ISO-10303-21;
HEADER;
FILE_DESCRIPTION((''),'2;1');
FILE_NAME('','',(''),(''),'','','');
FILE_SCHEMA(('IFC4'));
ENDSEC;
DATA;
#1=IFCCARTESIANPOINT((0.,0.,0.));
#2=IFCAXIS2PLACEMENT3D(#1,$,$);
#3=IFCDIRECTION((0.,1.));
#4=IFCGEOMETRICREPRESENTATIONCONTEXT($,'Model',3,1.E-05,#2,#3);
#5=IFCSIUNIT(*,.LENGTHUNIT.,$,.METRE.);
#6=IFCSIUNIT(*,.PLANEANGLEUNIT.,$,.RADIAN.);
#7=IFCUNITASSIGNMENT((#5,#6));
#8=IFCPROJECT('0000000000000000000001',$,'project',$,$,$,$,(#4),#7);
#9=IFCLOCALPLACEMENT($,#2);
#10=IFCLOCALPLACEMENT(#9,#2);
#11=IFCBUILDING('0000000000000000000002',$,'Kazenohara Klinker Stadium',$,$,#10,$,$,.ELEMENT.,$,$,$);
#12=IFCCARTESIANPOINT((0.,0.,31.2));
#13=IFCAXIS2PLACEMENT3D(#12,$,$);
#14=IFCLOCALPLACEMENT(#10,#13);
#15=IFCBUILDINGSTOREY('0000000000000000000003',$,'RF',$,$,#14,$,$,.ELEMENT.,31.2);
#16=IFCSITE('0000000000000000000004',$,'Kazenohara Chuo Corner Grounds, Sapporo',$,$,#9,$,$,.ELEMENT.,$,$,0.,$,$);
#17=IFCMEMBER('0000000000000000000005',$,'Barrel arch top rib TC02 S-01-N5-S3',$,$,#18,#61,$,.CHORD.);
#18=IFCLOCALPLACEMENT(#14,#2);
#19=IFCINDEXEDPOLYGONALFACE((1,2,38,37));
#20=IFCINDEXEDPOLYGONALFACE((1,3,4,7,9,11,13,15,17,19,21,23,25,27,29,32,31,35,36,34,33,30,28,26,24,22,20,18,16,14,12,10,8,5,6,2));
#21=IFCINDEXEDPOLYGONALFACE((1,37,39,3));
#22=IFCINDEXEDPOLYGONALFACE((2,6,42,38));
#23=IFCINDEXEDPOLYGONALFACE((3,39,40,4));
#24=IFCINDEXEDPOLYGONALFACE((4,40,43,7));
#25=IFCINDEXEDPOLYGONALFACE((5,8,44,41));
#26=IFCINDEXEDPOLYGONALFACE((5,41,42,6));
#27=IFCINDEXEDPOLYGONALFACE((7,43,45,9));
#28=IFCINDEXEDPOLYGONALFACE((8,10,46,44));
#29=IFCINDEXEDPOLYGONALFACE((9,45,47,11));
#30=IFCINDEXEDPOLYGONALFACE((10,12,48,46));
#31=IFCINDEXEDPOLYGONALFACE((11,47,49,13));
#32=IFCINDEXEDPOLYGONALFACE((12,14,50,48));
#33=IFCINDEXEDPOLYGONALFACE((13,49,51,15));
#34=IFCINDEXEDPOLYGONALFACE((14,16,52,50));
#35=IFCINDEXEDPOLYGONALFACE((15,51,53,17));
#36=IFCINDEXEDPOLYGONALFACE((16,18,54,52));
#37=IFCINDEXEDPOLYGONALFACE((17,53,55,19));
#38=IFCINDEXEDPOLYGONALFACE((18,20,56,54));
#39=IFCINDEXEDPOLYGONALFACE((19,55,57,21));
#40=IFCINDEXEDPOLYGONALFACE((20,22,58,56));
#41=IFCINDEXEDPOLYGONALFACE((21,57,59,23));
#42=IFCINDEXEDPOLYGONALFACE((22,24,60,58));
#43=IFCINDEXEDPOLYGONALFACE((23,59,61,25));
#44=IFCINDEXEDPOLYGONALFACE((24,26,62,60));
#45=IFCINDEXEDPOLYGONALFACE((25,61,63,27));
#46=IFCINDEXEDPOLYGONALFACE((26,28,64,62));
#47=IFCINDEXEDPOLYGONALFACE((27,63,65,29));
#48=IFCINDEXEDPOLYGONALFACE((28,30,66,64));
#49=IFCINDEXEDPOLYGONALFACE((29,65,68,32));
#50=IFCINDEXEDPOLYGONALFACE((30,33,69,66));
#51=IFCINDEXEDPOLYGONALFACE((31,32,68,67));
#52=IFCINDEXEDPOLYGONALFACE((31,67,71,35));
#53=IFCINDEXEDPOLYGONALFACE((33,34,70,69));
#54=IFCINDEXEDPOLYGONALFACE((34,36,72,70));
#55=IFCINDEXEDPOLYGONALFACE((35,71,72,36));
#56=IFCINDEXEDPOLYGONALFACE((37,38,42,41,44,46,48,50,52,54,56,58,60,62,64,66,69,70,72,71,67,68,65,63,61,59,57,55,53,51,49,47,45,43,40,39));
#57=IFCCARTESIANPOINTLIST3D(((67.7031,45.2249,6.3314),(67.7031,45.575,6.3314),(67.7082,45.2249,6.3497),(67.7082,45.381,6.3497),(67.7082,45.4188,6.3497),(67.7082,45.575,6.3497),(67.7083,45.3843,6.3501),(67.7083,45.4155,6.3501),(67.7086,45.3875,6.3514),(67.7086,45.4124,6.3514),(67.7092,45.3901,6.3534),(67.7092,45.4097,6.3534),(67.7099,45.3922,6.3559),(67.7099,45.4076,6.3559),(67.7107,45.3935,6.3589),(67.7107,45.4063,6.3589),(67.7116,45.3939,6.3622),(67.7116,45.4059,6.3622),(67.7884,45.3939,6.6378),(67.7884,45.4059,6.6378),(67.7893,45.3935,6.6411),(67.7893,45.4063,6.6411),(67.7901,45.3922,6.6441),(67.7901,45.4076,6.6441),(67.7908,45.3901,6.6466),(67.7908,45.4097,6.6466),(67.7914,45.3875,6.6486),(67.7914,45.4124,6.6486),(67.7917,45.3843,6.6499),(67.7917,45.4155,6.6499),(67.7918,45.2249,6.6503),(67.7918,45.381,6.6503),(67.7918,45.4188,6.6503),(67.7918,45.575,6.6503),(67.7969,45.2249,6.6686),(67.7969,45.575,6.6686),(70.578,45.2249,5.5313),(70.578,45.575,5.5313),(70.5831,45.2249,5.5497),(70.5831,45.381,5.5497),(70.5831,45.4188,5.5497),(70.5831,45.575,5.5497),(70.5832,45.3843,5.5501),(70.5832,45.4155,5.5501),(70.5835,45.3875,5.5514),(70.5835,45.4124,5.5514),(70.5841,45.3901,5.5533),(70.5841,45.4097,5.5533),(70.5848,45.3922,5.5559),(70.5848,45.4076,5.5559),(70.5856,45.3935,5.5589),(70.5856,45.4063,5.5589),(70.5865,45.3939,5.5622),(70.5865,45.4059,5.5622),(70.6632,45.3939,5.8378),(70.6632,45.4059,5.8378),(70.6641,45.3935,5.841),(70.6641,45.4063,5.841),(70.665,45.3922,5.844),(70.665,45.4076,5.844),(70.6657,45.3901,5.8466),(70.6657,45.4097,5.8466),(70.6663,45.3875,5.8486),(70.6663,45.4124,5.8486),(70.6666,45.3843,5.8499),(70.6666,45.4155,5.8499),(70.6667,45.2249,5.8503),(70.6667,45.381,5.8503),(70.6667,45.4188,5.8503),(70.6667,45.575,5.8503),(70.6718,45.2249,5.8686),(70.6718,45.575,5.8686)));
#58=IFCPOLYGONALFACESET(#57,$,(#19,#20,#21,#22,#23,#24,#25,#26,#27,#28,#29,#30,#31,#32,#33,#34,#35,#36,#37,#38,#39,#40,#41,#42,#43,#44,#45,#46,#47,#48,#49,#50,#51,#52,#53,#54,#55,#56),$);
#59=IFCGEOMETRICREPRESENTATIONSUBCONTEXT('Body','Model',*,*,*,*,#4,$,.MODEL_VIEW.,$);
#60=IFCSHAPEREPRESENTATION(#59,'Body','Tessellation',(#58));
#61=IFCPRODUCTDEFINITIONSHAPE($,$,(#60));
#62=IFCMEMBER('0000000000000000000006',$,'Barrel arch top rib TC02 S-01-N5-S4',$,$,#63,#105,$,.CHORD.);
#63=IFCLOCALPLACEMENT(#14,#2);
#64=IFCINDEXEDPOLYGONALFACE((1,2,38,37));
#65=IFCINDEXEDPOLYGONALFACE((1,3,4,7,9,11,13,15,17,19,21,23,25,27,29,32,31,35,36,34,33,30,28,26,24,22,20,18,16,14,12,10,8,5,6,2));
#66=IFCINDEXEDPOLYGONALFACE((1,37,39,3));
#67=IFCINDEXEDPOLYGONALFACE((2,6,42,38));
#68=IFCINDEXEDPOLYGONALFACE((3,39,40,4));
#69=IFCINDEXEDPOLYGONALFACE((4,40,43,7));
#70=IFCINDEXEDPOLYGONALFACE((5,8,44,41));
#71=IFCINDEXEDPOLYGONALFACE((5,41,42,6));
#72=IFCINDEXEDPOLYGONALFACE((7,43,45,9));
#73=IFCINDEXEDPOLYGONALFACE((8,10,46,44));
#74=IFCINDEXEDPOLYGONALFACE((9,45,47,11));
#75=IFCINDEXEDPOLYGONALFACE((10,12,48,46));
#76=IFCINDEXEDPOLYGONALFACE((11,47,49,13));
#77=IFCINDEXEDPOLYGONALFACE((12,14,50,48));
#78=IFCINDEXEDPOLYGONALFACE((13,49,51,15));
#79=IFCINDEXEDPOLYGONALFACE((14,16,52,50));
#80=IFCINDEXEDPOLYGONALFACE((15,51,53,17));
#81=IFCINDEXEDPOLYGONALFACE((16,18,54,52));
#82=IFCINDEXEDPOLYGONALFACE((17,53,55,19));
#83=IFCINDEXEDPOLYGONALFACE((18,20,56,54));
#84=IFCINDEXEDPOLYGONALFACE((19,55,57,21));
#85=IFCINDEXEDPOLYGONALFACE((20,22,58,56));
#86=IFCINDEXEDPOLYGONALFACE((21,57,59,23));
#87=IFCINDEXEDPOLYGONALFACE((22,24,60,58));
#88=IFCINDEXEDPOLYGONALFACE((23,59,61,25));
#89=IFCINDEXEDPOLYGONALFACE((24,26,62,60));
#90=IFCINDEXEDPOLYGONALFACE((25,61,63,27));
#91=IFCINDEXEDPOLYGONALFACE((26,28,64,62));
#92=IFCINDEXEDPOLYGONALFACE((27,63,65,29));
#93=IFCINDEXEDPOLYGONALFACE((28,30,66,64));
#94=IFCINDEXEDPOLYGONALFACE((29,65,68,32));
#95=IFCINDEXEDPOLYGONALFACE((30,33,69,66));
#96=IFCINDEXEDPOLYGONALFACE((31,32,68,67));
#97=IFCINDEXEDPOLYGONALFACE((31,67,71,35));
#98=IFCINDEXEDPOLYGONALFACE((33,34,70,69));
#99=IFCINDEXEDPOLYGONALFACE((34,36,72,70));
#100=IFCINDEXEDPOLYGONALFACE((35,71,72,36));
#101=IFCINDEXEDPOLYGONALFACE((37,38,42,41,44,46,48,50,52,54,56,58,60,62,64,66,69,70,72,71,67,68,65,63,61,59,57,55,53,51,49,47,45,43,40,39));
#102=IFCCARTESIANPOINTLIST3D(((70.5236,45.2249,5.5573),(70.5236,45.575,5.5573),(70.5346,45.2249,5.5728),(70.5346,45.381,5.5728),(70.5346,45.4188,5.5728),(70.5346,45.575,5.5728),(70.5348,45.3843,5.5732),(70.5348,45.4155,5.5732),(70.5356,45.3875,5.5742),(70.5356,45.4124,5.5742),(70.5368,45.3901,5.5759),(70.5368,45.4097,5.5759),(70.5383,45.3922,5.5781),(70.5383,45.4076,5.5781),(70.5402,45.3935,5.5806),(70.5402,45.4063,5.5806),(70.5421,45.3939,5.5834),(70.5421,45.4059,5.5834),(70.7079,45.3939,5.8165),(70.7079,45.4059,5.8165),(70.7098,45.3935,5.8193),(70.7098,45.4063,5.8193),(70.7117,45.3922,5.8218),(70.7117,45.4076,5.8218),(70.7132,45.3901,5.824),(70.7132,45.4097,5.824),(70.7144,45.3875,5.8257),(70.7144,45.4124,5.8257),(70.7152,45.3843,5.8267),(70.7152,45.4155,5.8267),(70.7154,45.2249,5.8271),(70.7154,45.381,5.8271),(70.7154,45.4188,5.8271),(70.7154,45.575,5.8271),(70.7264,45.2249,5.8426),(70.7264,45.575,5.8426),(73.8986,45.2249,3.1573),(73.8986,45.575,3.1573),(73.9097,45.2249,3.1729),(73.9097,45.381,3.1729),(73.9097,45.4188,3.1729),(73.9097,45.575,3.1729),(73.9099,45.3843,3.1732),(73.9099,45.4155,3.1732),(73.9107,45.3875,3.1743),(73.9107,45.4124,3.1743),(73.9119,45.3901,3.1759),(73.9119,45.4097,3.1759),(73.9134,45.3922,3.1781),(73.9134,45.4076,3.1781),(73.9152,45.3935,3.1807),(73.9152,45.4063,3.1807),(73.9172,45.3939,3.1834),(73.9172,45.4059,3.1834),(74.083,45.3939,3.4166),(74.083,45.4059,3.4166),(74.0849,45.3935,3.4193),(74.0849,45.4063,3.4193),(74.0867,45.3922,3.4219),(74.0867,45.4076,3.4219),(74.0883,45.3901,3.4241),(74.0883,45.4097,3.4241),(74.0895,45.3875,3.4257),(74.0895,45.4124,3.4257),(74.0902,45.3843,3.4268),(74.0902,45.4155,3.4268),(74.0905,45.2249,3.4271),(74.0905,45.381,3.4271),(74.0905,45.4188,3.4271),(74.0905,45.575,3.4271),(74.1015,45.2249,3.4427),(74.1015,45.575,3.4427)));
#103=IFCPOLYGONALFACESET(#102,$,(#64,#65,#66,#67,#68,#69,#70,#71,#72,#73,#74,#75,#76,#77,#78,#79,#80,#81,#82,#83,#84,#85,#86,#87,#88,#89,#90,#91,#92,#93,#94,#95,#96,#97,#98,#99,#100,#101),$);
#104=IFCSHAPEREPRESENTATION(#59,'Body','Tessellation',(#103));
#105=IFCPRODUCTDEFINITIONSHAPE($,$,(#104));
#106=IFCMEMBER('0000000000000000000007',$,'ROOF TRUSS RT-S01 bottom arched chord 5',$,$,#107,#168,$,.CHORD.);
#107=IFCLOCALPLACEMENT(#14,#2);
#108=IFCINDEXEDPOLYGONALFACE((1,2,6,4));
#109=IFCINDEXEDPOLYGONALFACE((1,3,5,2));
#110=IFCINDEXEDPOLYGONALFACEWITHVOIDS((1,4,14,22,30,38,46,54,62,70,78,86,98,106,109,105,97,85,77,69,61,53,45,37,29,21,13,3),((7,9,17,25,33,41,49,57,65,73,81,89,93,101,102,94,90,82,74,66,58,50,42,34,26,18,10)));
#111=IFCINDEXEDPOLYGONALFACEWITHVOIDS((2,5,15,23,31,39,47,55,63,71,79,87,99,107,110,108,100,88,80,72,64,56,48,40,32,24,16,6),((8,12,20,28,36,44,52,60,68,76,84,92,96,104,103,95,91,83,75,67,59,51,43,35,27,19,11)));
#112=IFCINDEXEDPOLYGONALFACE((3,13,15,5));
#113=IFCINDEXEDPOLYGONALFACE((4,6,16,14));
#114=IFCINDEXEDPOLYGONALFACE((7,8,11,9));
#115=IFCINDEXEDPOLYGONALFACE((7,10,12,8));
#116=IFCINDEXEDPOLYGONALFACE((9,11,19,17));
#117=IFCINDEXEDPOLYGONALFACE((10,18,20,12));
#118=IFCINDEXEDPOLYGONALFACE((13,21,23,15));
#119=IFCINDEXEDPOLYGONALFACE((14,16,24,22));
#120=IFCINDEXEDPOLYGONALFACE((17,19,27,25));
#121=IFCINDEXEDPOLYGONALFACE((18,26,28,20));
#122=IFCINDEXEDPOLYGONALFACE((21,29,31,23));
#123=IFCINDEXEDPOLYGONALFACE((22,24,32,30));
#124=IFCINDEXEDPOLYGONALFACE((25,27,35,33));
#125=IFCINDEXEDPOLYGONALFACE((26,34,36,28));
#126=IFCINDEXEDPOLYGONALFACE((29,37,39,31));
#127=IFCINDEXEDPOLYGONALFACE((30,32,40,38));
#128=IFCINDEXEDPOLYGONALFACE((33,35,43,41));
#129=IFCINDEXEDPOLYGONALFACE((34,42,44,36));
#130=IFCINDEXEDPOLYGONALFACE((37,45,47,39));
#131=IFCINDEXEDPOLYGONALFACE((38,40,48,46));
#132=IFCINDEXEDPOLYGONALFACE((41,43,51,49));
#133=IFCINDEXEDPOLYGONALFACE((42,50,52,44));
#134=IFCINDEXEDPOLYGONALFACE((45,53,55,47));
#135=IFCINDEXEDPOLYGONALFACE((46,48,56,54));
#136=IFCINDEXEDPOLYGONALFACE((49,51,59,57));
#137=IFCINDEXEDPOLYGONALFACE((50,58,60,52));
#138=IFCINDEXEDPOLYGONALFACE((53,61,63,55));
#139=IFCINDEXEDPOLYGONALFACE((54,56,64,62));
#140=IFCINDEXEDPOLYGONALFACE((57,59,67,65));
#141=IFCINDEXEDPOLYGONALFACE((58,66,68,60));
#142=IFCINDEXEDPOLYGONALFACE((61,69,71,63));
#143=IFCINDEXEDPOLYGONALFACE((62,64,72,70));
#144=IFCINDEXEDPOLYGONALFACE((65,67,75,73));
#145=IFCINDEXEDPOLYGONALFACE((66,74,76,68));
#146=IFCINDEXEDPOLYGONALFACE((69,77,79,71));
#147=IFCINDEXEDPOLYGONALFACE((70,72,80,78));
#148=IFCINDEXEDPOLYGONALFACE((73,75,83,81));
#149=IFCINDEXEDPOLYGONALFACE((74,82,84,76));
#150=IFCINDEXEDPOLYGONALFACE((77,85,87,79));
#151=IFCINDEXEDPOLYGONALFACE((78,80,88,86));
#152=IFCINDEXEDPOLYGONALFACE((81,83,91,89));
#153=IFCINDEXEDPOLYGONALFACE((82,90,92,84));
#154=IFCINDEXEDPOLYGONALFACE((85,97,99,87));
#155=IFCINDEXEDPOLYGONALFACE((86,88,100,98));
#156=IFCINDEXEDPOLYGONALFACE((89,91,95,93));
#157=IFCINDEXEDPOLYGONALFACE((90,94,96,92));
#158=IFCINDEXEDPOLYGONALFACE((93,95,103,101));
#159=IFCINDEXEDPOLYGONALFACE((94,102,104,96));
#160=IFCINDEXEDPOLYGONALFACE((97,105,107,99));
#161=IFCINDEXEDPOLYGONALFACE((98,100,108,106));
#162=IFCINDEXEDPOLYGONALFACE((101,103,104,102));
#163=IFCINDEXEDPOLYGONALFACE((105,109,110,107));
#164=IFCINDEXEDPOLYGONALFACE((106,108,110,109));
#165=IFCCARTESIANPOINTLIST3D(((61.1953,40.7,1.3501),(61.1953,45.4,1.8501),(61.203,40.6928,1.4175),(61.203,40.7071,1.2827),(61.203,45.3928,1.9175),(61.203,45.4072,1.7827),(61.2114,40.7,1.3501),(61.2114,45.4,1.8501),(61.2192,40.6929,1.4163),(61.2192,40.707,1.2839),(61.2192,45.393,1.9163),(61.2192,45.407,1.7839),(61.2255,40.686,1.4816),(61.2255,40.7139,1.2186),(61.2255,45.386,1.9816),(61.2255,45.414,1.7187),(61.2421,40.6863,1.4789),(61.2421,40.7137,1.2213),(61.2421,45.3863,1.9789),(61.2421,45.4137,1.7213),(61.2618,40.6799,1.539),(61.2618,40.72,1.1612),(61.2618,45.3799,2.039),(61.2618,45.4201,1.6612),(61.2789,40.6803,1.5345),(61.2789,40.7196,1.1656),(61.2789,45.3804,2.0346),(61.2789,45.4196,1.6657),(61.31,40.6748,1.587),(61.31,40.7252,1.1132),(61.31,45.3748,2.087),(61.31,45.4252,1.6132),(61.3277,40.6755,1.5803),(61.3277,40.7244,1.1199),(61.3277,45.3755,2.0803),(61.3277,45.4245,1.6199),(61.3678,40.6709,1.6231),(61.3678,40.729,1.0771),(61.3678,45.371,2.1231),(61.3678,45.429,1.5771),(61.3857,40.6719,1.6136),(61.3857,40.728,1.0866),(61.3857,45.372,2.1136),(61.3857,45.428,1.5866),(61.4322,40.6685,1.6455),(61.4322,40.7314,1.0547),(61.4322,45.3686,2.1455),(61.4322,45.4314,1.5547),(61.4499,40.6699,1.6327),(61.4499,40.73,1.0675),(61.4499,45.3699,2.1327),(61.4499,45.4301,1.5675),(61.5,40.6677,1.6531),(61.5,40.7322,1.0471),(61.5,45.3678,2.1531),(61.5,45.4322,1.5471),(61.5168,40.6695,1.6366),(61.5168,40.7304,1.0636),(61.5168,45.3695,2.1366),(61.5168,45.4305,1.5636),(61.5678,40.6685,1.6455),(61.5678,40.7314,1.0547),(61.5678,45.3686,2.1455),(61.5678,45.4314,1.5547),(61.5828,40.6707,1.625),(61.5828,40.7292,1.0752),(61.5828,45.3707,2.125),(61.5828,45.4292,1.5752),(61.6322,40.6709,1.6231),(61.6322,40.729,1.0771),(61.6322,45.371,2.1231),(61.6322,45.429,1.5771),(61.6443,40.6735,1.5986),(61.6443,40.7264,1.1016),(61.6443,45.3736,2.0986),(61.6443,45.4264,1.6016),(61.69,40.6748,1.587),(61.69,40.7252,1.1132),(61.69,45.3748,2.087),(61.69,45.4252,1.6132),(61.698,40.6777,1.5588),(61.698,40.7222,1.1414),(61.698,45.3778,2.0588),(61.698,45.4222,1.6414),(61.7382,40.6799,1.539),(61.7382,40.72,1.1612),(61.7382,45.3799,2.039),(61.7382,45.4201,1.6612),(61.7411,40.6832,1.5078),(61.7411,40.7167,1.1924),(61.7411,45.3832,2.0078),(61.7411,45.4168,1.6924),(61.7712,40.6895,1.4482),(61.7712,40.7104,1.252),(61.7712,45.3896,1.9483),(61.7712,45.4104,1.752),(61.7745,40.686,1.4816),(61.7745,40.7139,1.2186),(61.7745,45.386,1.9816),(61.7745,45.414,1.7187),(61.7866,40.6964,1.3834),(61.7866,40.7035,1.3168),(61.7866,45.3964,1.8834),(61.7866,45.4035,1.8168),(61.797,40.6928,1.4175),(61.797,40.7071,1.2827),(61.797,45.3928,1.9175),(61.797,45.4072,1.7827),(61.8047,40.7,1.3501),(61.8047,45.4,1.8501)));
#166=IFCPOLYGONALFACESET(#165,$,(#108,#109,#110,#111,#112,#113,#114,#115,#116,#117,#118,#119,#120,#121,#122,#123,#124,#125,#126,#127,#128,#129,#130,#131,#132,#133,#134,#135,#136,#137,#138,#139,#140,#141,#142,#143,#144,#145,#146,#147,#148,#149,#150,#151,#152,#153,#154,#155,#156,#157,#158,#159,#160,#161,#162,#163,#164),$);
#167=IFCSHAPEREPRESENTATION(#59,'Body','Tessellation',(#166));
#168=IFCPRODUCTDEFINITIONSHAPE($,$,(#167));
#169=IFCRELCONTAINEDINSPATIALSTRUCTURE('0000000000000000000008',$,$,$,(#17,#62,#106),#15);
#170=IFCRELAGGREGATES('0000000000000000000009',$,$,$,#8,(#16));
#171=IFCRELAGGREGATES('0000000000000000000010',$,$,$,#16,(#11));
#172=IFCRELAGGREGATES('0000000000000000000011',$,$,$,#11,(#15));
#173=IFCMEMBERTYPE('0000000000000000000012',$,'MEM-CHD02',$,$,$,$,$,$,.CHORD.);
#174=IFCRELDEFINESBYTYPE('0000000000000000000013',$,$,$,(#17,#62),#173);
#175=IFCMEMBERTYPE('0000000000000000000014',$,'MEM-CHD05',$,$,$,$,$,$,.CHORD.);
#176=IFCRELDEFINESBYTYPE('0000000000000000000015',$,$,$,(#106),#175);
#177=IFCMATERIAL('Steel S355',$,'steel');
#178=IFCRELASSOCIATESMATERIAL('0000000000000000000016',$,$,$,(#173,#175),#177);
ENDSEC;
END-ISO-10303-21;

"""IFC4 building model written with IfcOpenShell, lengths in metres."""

from ifc_helpers import new_model, si_unit, direction, frame, origin, origin_2d, place, context, subcontext, project, spatial, hollow_circle, i_section, extrude, material, material_profile, profile_set, type_object, element, save


model = new_model("IFC4")

# Units and contexts
model_context = context("Model", 3, precision=1e-05, world=origin(), true_north=direction((0.0, 1.0)))
body_context = subcontext(model_context, "Body", "Model", "MODEL_VIEW")
ifc_project = project(units=[si_unit("LENGTHUNIT", "METRE"), si_unit("PLANEANGLEUNIT", "RADIAN")], contexts=[model_context])

# Site, building, storey
site_placement = place(None, origin())
site = spatial("IfcSite", under=ifc_project, at=site_placement, Name="Kazenohara Chuo Corner Grounds, Sapporo", CompositionType="ELEMENT", RefElevation=0.0)
building_placement = place(site_placement, origin())
building = spatial("IfcBuilding", under=site, at=building_placement, Name="Kazenohara Klinker Stadium", CompositionType="ELEMENT")
storey_placement = place(building_placement, frame((0.0, 0.0, 31.2)))
storey = spatial("IfcBuildingStorey", under=building, at=storey_placement, Name="RF", CompositionType="ELEMENT", Elevation=31.2)

# Members
ifc_material = material(Name="Steel S355", Category="steel")
ifc_material_profile_1 = material_profile(ifc_material, i_section(OverallWidth=0.3501, OverallDepth=0.3501, WebThickness=0.012, FlangeThickness=0.019, FilletRadius=0.0129, at=origin_2d()), Name="H-350x350x12x19")
ifc_profile_set_1 = profile_set([ifc_material_profile_1], Name="Steel S355")
member_type_1 = type_object("IfcMemberType", Name="MEM-CHD02", PredefinedType="CHORD", material=ifc_profile_set_1)
for number, where, z_axis, x_axis, name in (
    (1, (67.75, 45.3999, 6.5), (0.963394, 0.0, -0.268091), (0.0, 1.0, 0.0), "Barrel arch top rib TC02 S-01-N5-S3"),
):
    element("IfcMember", number, at=place(storey_placement, frame(where, z_axis=z_axis, x_axis=x_axis)), inside=storey, type_object=member_type_1, Name=name, PredefinedType="CHORD", context=body_context, shape_type="SweptSolid", body=[
        extrude(i_section(OverallWidth=0.3501, OverallDepth=0.3501, WebThickness=0.012, FlangeThickness=0.019, FilletRadius=0.0129, at=origin_2d()), origin(), (0.0, 0.0, 1.0), 2.9841),
    ])
member_1_placement = place(storey_placement, frame((70.625, 45.3999, 5.7), z_axis=(0.814966, 0.0, -0.579508), x_axis=(0.0, 1.0, 0.0)))
element("IfcMember", 2, at=member_1_placement, inside=storey, type_object=member_type_1, Name="Barrel arch top rib TC02 S-01-N5-S4", PredefinedType="CHORD", context=body_context, shape_type="SweptSolid", body=[
    extrude(i_section(OverallWidth=0.3501, OverallDepth=0.3501, WebThickness=0.012, FlangeThickness=0.019, FilletRadius=0.0129, at=origin_2d()), origin(), (0.0, 0.0, 1.0), 4.1414),
])
ifc_material_profile_2 = material_profile(ifc_material, hollow_circle(Radius=0.3047, WallThickness=0.0161, at=origin_2d()), Name="CHS-609.6x16")
ifc_profile_set_2 = profile_set([ifc_material_profile_2], Name="Steel S355")
member_type_2 = type_object("IfcMemberType", Name="MEM-CHD05", PredefinedType="CHORD", material=ifc_profile_set_2)
member_2_placement = place(storey_placement, frame((61.5, 40.7, 1.3501), z_axis=(0.0, 0.994389, 0.105787), x_axis=(-1.0, 0.0, 0.0)))
element("IfcMember", 3, at=member_2_placement, inside=storey, type_object=member_type_2, Name="ROOF TRUSS RT-S01 bottom arched chord 5", PredefinedType="CHORD", context=body_context, shape_type="SweptSolid", body=[
    extrude(hollow_circle(Radius=0.3047, WallThickness=0.0161, at=origin_2d()), origin(), (0.0, 0.0, 1.0), 4.7266),
])

save(model, "model.ifc")
